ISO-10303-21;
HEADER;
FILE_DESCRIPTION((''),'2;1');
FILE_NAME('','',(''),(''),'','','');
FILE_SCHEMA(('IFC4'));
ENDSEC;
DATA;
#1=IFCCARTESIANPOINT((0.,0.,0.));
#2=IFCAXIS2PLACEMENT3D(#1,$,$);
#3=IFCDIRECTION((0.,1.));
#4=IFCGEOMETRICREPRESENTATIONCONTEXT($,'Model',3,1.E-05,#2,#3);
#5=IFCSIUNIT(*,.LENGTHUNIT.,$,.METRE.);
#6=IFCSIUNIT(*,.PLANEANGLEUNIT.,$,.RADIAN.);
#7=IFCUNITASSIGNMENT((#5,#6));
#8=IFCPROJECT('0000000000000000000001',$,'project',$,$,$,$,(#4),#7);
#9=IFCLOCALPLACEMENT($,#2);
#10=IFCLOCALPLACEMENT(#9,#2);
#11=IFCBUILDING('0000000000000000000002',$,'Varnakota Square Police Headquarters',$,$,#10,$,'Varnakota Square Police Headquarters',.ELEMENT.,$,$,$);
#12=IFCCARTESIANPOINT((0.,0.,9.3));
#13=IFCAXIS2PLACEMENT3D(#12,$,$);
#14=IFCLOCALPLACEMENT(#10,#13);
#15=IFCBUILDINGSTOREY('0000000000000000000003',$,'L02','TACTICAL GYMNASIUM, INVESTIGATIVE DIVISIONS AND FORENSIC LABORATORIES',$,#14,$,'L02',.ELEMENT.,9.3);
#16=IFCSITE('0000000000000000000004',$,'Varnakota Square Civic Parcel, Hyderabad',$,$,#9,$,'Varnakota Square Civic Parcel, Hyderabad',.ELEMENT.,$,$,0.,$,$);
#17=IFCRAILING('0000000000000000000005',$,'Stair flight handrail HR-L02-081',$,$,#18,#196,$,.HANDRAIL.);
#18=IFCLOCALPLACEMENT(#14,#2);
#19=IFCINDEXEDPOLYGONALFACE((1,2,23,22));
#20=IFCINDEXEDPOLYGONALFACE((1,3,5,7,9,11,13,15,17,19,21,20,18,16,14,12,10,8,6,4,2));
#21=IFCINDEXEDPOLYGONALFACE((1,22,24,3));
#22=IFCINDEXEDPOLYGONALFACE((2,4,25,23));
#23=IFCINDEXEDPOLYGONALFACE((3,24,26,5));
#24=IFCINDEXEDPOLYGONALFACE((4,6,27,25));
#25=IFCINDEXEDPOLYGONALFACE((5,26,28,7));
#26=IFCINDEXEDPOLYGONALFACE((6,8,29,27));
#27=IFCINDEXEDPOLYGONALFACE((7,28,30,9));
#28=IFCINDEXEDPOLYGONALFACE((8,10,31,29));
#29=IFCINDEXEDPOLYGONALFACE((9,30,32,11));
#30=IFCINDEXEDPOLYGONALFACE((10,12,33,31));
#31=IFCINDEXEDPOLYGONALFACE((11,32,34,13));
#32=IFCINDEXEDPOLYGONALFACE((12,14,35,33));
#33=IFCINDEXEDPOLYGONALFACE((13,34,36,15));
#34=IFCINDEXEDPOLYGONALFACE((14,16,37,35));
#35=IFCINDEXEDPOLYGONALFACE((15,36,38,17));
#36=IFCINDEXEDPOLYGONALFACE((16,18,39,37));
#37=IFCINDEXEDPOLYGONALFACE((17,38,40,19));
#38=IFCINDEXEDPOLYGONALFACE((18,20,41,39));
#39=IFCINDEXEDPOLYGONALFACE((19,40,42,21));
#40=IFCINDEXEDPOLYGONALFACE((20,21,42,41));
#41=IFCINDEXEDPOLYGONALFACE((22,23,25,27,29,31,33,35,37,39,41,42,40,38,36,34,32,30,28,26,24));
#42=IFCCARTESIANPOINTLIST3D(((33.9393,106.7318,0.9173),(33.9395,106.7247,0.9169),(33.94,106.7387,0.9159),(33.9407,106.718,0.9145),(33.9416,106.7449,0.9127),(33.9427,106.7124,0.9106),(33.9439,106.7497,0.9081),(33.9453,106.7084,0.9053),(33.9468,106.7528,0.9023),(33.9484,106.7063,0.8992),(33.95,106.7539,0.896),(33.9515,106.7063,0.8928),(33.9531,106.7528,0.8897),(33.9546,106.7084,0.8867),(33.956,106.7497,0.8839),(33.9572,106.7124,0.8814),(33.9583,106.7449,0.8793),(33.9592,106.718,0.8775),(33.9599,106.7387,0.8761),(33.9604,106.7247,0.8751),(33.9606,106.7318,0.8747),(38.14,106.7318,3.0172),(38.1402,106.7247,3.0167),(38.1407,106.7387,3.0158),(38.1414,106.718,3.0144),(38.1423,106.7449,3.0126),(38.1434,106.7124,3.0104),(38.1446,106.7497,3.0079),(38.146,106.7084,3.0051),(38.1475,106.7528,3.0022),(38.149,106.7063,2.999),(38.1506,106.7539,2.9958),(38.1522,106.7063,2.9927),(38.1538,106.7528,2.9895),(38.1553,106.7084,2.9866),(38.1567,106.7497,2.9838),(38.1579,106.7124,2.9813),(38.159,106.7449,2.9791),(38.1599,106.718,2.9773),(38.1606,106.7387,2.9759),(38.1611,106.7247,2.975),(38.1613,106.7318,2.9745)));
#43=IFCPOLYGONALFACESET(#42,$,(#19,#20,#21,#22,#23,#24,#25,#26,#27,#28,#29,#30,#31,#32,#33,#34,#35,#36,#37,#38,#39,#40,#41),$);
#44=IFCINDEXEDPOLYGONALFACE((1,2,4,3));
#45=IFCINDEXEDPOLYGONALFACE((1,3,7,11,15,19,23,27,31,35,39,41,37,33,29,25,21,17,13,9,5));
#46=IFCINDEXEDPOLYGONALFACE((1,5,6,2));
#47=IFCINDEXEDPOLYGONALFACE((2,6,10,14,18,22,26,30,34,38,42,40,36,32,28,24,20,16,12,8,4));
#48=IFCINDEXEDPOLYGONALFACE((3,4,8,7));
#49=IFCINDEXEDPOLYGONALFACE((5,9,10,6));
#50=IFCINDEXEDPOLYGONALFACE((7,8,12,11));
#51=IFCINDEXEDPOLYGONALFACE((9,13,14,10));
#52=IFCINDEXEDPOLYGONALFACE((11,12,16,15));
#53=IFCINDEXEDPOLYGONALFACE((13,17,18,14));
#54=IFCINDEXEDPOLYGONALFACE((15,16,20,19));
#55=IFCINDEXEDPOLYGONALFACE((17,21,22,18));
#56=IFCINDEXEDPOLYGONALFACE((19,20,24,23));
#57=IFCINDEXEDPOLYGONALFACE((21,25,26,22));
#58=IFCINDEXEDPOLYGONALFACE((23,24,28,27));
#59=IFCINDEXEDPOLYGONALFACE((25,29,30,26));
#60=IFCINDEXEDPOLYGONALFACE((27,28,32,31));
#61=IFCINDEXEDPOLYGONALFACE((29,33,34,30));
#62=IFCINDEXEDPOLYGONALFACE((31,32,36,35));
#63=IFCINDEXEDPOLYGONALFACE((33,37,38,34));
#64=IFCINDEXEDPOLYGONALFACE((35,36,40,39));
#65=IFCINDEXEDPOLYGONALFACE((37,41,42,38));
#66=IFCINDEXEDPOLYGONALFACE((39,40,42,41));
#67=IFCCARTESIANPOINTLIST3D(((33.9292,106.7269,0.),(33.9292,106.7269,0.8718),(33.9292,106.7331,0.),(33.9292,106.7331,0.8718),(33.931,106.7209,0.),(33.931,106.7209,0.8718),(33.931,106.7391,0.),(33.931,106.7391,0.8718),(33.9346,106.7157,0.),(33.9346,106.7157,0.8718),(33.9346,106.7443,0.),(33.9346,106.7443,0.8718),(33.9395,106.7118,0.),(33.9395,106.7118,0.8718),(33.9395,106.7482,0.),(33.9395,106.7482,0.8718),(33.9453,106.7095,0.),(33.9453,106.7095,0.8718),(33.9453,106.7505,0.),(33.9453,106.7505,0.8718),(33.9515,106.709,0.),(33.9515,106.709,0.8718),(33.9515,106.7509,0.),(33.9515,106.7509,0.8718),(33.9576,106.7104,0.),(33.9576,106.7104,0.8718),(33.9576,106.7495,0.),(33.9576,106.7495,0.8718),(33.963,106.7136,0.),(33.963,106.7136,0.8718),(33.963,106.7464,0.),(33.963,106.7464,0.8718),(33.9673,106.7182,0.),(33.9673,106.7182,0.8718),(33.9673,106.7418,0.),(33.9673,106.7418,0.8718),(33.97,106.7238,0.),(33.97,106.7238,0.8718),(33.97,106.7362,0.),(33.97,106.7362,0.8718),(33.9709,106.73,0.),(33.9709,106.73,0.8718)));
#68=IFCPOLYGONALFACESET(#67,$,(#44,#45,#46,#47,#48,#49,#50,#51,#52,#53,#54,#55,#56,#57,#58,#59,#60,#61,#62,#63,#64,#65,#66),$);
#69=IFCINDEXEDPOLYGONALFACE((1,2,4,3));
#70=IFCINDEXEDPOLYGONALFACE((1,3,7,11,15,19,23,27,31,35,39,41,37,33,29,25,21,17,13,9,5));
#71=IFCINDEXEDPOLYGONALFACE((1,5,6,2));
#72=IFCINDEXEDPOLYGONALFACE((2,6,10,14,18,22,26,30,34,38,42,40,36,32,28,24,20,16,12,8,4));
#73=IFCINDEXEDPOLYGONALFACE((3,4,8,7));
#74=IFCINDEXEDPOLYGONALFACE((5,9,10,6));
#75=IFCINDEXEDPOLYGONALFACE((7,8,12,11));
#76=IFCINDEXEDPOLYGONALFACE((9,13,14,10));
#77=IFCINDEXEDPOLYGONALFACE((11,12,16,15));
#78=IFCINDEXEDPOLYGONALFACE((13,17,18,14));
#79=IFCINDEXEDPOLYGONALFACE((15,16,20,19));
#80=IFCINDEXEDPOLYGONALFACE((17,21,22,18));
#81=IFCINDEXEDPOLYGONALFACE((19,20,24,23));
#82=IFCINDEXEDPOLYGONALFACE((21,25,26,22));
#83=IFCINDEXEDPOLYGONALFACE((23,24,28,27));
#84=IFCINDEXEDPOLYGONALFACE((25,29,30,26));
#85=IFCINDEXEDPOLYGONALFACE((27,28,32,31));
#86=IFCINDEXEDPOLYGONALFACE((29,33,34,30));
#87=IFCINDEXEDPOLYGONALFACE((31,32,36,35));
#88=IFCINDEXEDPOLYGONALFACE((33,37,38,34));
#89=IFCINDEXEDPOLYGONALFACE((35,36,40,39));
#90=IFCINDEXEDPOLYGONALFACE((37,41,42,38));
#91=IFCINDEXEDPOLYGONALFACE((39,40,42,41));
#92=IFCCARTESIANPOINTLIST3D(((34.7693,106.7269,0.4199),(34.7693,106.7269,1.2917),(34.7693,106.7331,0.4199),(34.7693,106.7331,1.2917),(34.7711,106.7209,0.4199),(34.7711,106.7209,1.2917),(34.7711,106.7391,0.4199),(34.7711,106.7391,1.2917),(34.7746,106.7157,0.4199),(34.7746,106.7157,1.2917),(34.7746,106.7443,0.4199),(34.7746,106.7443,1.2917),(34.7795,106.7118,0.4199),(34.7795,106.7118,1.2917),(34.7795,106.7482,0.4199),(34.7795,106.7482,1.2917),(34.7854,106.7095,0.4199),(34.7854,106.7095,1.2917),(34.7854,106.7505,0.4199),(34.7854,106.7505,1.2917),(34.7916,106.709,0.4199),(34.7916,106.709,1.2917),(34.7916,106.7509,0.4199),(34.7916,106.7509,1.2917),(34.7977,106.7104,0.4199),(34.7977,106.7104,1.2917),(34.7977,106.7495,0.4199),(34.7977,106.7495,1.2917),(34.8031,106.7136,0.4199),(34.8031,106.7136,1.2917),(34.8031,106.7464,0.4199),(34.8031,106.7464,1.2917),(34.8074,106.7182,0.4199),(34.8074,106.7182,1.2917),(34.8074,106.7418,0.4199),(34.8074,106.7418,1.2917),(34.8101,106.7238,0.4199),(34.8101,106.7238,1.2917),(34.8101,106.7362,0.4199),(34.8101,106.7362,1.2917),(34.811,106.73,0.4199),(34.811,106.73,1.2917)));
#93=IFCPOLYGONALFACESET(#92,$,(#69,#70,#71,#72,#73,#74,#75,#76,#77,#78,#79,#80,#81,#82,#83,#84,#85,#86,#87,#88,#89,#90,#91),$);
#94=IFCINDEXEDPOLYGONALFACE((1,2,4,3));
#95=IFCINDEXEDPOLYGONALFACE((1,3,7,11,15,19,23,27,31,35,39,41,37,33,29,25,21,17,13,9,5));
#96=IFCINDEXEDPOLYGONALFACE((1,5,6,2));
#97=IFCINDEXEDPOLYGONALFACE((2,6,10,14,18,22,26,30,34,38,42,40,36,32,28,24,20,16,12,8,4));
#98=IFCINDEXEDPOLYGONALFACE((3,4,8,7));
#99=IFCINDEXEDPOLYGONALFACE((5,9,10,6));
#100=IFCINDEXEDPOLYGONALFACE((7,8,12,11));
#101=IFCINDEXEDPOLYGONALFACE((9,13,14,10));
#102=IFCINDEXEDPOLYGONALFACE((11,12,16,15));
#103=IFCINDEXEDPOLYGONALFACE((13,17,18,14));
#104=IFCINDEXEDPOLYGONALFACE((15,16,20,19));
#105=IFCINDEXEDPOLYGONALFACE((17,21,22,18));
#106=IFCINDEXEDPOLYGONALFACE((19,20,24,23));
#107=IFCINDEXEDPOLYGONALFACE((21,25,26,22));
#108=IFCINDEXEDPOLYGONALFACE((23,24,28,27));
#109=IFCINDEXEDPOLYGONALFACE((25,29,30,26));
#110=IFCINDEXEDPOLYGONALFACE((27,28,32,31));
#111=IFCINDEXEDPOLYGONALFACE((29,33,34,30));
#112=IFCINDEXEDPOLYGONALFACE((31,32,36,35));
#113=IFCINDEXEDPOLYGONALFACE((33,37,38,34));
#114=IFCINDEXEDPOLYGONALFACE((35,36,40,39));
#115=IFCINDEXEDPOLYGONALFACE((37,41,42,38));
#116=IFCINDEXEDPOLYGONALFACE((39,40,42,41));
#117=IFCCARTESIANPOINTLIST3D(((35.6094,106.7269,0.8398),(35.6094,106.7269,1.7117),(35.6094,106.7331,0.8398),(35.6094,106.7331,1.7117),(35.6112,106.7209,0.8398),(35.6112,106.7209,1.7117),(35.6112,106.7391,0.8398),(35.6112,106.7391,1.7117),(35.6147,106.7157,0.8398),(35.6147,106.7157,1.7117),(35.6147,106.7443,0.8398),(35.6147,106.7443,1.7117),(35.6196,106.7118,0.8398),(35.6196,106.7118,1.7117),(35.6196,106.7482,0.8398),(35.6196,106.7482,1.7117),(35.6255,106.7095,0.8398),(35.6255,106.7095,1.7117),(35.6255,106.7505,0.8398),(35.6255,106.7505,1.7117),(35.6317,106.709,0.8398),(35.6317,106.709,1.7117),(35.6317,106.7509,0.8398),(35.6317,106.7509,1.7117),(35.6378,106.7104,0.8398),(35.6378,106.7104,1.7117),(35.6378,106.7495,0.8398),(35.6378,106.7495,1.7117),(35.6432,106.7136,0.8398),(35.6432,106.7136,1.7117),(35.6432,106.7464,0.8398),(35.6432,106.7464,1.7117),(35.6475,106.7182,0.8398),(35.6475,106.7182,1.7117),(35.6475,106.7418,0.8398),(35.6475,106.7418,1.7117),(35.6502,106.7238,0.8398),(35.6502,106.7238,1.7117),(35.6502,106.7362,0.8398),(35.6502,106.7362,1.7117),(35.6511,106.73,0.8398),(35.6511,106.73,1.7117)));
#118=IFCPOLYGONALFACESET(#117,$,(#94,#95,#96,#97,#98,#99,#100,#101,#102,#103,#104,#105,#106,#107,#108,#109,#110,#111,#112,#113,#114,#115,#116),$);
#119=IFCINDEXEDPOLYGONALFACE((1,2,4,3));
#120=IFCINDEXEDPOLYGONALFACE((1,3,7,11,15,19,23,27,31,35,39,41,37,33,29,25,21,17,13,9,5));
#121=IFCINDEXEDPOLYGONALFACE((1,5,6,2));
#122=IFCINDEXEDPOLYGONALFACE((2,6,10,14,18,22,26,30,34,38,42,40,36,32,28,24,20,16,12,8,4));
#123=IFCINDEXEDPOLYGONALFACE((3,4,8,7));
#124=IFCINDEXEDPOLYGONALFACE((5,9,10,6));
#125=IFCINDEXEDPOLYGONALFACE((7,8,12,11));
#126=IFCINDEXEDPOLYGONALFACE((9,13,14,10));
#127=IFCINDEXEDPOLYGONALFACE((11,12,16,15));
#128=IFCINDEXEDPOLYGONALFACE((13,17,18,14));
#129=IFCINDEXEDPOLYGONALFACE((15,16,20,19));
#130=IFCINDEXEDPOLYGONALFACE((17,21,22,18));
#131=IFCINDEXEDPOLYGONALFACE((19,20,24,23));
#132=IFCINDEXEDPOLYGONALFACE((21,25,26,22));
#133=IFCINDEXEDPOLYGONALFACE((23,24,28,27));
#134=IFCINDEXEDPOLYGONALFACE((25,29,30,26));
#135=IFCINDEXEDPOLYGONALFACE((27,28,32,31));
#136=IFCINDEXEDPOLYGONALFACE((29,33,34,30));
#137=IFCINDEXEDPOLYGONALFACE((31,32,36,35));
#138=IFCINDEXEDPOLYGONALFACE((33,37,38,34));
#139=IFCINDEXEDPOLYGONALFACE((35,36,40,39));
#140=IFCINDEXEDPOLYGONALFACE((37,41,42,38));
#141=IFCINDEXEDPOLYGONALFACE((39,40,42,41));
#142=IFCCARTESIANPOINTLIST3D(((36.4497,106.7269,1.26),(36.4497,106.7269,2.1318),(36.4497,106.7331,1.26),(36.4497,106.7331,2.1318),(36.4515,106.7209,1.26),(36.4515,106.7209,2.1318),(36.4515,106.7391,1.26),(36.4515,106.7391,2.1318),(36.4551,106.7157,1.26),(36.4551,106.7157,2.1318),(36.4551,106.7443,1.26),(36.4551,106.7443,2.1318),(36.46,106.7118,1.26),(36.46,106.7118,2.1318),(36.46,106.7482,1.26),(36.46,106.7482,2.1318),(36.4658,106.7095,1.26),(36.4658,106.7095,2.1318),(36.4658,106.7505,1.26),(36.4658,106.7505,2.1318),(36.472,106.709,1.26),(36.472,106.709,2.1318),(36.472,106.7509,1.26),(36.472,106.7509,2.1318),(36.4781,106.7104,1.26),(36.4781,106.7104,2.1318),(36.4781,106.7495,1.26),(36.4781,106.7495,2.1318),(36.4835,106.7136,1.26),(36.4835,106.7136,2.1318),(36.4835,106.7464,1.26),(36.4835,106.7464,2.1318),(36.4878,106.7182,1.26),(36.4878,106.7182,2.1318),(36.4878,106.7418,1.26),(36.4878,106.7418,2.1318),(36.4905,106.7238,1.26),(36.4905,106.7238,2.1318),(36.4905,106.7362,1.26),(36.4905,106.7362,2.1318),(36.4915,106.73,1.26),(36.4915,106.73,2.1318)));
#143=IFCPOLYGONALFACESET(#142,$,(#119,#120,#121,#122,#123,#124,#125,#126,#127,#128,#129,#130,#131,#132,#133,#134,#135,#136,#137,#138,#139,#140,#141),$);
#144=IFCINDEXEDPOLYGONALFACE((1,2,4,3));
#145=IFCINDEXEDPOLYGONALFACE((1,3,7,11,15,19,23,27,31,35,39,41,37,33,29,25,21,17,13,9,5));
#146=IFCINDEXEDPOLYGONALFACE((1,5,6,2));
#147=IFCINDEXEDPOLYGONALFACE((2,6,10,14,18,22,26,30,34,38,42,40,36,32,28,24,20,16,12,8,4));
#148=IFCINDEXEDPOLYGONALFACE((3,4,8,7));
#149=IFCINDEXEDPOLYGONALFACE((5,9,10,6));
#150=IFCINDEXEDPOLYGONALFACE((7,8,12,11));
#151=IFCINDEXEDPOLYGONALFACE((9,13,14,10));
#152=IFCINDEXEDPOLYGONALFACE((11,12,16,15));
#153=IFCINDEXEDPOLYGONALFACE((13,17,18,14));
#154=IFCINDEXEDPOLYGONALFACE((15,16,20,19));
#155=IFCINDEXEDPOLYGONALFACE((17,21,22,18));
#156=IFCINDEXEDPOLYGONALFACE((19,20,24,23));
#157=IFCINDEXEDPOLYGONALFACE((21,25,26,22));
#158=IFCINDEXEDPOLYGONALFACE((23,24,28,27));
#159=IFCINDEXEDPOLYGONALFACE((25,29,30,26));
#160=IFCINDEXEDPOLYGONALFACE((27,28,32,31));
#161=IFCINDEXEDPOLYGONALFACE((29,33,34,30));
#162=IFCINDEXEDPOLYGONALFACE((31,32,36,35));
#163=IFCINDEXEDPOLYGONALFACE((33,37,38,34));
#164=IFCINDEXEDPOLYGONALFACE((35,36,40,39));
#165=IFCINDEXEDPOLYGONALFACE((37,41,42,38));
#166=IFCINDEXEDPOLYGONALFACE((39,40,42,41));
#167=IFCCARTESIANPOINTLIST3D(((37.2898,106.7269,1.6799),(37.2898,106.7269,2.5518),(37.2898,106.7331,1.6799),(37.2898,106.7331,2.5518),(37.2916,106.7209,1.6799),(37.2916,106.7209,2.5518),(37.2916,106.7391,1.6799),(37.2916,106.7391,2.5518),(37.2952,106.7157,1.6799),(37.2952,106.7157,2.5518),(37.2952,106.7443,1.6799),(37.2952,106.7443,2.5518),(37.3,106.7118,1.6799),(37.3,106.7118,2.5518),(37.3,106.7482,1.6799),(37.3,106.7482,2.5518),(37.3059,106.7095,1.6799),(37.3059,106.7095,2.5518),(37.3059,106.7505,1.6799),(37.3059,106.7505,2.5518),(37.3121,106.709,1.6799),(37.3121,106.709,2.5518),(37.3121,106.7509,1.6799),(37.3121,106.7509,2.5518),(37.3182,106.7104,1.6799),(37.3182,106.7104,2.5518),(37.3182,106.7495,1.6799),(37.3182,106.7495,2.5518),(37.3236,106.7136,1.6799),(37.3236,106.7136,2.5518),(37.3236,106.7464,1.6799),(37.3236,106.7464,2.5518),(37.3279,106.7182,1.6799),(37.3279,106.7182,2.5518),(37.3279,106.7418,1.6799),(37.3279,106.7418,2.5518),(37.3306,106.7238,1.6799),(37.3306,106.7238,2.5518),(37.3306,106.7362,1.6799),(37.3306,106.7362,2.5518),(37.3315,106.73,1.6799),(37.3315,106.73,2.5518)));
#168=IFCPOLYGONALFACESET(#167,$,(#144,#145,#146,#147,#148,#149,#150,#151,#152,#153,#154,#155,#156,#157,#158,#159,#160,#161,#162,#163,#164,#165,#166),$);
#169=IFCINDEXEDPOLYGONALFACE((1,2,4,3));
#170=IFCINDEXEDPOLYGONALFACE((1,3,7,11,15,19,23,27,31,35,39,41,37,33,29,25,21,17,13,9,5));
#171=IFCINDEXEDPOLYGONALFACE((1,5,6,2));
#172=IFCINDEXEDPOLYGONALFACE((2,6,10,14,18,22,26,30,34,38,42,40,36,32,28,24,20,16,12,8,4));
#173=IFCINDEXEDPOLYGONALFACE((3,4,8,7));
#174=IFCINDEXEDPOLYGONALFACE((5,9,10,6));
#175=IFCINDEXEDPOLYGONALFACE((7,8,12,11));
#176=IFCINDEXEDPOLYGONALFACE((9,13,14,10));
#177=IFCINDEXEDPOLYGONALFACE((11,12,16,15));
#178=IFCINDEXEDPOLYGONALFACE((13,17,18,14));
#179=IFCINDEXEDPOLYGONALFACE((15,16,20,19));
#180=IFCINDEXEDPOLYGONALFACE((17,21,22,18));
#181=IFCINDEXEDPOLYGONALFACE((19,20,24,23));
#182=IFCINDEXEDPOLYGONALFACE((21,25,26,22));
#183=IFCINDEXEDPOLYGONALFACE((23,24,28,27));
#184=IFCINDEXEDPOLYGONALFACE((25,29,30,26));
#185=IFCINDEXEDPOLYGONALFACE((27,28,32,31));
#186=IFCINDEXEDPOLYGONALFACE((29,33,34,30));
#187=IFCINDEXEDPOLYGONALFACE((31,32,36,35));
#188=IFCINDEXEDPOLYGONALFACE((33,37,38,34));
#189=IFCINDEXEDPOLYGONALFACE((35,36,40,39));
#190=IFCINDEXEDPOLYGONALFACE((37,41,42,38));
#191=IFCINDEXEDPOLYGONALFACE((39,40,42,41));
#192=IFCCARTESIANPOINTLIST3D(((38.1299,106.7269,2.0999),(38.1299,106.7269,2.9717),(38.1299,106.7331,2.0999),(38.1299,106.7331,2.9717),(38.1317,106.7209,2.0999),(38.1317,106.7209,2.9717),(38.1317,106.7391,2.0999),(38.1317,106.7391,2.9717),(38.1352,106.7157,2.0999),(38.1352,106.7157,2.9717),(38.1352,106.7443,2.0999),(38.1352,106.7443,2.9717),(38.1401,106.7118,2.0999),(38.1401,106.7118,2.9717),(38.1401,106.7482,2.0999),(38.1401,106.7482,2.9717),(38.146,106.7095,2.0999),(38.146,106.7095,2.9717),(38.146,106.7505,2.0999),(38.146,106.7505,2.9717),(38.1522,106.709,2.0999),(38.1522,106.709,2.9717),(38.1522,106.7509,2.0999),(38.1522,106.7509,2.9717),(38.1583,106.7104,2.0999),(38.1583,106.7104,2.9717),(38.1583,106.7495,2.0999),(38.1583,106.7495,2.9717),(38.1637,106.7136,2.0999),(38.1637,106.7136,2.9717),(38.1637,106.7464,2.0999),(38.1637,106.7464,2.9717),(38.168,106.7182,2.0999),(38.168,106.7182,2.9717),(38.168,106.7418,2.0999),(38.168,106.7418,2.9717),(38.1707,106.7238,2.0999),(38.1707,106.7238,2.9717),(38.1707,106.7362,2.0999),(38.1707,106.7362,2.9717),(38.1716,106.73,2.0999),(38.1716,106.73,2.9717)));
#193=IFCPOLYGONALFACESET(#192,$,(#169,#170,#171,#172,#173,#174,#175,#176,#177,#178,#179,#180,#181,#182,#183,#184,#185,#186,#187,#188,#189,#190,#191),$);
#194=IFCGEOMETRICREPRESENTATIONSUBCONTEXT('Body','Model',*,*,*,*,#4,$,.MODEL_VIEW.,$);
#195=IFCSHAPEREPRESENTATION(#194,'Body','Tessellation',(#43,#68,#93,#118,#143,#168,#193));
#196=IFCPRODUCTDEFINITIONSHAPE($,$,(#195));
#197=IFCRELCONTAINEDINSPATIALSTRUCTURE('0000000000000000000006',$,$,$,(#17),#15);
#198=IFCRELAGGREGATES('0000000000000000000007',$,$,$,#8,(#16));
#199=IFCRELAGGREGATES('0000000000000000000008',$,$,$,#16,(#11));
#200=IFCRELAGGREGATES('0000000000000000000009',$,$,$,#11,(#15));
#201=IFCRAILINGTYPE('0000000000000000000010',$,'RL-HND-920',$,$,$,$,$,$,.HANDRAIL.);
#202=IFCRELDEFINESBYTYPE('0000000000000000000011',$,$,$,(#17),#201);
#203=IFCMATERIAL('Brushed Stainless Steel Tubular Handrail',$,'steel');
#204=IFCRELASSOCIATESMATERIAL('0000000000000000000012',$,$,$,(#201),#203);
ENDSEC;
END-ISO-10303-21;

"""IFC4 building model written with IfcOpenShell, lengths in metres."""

from ifc_helpers import new_model, si_unit, direction, frame, origin, origin_2d, place, context, subcontext, project, spatial, circle, extrude, material, type_object, element, save


model = new_model("IFC4")

# Units and contexts
model_context = context("Model", 3, precision=1e-05, world=origin(), true_north=direction((0.0, 1.0)))
body_context = subcontext(model_context, "Body", "Model", "MODEL_VIEW")
ifc_project = project(units=[si_unit("LENGTHUNIT", "METRE"), si_unit("PLANEANGLEUNIT", "RADIAN")], contexts=[model_context])

# Site, building, storey
site_placement = place(None, origin())
site = spatial("IfcSite", under=ifc_project, at=site_placement, Name="Varnakota Square Civic Parcel, Hyderabad", LongName="Varnakota Square Civic Parcel, Hyderabad", CompositionType="ELEMENT", RefElevation=0.0)
building_placement = place(site_placement, origin())
building = spatial("IfcBuilding", under=site, at=building_placement, Name="Varnakota Square Police Headquarters", LongName="Varnakota Square Police Headquarters", CompositionType="ELEMENT")
storey_placement = place(building_placement, frame((0.0, 0.0, 9.3)))
storey = spatial("IfcBuildingStorey", under=building, at=storey_placement, Name="L02", Description="TACTICAL GYMNASIUM, INVESTIGATIVE DIVISIONS AND FORENSIC LABORATORIES", LongName="L02", CompositionType="ELEMENT", Elevation=9.3)

# Railing
ifc_material_1 = material(Name="Brushed Stainless Steel Tubular Handrail", Category="steel")
railing_type_1 = type_object("IfcRailingType", Name="RL-HND-920", PredefinedType="HANDRAIL", material=ifc_material_1)
railing_1_placement = place(storey_placement, frame((33.95, 106.73, 0.0)))
element("IfcRailing", 1, at=railing_1_placement, inside=storey, type_object=railing_type_1, Name="Stair flight handrail HR-L02-081", PredefinedType="HANDRAIL", context=body_context, shape_type="SweptSolid", body=[
    extrude(circle(Radius=0.0239, at=origin_2d()), frame((0.0, 0.0, 0.896), z_axis=(0.894469, 0.0, 0.44713), x_axis=(0.0, 1.0, 0.0)), (0.0, 0.0, 1.0), 4.6963),
    extrude(circle(Radius=0.021, at=origin_2d()), origin(), (0.0, 0.0, 1.0), 0.8718),
    extrude(circle(Radius=0.021, at=origin_2d()), frame((0.8401, 0.0, 0.4199)), (0.0, 0.0, 1.0), 0.8718),
    extrude(circle(Radius=0.021, at=origin_2d()), frame((1.6802, 0.0, 0.8398)), (0.0, 0.0, 1.0), 0.8718),
    extrude(circle(Radius=0.021, at=origin_2d()), frame((2.5205, 0.0, 1.26)), (0.0, 0.0, 1.0), 0.8718),
    extrude(circle(Radius=0.021, at=origin_2d()), frame((3.3606, 0.0, 1.6799)), (0.0, 0.0, 1.0), 0.8718),
    extrude(circle(Radius=0.021, at=origin_2d()), frame((4.2007, 0.0, 2.0999)), (0.0, 0.0, 1.0), 0.8718),
])

save(model, "model.ifc")
